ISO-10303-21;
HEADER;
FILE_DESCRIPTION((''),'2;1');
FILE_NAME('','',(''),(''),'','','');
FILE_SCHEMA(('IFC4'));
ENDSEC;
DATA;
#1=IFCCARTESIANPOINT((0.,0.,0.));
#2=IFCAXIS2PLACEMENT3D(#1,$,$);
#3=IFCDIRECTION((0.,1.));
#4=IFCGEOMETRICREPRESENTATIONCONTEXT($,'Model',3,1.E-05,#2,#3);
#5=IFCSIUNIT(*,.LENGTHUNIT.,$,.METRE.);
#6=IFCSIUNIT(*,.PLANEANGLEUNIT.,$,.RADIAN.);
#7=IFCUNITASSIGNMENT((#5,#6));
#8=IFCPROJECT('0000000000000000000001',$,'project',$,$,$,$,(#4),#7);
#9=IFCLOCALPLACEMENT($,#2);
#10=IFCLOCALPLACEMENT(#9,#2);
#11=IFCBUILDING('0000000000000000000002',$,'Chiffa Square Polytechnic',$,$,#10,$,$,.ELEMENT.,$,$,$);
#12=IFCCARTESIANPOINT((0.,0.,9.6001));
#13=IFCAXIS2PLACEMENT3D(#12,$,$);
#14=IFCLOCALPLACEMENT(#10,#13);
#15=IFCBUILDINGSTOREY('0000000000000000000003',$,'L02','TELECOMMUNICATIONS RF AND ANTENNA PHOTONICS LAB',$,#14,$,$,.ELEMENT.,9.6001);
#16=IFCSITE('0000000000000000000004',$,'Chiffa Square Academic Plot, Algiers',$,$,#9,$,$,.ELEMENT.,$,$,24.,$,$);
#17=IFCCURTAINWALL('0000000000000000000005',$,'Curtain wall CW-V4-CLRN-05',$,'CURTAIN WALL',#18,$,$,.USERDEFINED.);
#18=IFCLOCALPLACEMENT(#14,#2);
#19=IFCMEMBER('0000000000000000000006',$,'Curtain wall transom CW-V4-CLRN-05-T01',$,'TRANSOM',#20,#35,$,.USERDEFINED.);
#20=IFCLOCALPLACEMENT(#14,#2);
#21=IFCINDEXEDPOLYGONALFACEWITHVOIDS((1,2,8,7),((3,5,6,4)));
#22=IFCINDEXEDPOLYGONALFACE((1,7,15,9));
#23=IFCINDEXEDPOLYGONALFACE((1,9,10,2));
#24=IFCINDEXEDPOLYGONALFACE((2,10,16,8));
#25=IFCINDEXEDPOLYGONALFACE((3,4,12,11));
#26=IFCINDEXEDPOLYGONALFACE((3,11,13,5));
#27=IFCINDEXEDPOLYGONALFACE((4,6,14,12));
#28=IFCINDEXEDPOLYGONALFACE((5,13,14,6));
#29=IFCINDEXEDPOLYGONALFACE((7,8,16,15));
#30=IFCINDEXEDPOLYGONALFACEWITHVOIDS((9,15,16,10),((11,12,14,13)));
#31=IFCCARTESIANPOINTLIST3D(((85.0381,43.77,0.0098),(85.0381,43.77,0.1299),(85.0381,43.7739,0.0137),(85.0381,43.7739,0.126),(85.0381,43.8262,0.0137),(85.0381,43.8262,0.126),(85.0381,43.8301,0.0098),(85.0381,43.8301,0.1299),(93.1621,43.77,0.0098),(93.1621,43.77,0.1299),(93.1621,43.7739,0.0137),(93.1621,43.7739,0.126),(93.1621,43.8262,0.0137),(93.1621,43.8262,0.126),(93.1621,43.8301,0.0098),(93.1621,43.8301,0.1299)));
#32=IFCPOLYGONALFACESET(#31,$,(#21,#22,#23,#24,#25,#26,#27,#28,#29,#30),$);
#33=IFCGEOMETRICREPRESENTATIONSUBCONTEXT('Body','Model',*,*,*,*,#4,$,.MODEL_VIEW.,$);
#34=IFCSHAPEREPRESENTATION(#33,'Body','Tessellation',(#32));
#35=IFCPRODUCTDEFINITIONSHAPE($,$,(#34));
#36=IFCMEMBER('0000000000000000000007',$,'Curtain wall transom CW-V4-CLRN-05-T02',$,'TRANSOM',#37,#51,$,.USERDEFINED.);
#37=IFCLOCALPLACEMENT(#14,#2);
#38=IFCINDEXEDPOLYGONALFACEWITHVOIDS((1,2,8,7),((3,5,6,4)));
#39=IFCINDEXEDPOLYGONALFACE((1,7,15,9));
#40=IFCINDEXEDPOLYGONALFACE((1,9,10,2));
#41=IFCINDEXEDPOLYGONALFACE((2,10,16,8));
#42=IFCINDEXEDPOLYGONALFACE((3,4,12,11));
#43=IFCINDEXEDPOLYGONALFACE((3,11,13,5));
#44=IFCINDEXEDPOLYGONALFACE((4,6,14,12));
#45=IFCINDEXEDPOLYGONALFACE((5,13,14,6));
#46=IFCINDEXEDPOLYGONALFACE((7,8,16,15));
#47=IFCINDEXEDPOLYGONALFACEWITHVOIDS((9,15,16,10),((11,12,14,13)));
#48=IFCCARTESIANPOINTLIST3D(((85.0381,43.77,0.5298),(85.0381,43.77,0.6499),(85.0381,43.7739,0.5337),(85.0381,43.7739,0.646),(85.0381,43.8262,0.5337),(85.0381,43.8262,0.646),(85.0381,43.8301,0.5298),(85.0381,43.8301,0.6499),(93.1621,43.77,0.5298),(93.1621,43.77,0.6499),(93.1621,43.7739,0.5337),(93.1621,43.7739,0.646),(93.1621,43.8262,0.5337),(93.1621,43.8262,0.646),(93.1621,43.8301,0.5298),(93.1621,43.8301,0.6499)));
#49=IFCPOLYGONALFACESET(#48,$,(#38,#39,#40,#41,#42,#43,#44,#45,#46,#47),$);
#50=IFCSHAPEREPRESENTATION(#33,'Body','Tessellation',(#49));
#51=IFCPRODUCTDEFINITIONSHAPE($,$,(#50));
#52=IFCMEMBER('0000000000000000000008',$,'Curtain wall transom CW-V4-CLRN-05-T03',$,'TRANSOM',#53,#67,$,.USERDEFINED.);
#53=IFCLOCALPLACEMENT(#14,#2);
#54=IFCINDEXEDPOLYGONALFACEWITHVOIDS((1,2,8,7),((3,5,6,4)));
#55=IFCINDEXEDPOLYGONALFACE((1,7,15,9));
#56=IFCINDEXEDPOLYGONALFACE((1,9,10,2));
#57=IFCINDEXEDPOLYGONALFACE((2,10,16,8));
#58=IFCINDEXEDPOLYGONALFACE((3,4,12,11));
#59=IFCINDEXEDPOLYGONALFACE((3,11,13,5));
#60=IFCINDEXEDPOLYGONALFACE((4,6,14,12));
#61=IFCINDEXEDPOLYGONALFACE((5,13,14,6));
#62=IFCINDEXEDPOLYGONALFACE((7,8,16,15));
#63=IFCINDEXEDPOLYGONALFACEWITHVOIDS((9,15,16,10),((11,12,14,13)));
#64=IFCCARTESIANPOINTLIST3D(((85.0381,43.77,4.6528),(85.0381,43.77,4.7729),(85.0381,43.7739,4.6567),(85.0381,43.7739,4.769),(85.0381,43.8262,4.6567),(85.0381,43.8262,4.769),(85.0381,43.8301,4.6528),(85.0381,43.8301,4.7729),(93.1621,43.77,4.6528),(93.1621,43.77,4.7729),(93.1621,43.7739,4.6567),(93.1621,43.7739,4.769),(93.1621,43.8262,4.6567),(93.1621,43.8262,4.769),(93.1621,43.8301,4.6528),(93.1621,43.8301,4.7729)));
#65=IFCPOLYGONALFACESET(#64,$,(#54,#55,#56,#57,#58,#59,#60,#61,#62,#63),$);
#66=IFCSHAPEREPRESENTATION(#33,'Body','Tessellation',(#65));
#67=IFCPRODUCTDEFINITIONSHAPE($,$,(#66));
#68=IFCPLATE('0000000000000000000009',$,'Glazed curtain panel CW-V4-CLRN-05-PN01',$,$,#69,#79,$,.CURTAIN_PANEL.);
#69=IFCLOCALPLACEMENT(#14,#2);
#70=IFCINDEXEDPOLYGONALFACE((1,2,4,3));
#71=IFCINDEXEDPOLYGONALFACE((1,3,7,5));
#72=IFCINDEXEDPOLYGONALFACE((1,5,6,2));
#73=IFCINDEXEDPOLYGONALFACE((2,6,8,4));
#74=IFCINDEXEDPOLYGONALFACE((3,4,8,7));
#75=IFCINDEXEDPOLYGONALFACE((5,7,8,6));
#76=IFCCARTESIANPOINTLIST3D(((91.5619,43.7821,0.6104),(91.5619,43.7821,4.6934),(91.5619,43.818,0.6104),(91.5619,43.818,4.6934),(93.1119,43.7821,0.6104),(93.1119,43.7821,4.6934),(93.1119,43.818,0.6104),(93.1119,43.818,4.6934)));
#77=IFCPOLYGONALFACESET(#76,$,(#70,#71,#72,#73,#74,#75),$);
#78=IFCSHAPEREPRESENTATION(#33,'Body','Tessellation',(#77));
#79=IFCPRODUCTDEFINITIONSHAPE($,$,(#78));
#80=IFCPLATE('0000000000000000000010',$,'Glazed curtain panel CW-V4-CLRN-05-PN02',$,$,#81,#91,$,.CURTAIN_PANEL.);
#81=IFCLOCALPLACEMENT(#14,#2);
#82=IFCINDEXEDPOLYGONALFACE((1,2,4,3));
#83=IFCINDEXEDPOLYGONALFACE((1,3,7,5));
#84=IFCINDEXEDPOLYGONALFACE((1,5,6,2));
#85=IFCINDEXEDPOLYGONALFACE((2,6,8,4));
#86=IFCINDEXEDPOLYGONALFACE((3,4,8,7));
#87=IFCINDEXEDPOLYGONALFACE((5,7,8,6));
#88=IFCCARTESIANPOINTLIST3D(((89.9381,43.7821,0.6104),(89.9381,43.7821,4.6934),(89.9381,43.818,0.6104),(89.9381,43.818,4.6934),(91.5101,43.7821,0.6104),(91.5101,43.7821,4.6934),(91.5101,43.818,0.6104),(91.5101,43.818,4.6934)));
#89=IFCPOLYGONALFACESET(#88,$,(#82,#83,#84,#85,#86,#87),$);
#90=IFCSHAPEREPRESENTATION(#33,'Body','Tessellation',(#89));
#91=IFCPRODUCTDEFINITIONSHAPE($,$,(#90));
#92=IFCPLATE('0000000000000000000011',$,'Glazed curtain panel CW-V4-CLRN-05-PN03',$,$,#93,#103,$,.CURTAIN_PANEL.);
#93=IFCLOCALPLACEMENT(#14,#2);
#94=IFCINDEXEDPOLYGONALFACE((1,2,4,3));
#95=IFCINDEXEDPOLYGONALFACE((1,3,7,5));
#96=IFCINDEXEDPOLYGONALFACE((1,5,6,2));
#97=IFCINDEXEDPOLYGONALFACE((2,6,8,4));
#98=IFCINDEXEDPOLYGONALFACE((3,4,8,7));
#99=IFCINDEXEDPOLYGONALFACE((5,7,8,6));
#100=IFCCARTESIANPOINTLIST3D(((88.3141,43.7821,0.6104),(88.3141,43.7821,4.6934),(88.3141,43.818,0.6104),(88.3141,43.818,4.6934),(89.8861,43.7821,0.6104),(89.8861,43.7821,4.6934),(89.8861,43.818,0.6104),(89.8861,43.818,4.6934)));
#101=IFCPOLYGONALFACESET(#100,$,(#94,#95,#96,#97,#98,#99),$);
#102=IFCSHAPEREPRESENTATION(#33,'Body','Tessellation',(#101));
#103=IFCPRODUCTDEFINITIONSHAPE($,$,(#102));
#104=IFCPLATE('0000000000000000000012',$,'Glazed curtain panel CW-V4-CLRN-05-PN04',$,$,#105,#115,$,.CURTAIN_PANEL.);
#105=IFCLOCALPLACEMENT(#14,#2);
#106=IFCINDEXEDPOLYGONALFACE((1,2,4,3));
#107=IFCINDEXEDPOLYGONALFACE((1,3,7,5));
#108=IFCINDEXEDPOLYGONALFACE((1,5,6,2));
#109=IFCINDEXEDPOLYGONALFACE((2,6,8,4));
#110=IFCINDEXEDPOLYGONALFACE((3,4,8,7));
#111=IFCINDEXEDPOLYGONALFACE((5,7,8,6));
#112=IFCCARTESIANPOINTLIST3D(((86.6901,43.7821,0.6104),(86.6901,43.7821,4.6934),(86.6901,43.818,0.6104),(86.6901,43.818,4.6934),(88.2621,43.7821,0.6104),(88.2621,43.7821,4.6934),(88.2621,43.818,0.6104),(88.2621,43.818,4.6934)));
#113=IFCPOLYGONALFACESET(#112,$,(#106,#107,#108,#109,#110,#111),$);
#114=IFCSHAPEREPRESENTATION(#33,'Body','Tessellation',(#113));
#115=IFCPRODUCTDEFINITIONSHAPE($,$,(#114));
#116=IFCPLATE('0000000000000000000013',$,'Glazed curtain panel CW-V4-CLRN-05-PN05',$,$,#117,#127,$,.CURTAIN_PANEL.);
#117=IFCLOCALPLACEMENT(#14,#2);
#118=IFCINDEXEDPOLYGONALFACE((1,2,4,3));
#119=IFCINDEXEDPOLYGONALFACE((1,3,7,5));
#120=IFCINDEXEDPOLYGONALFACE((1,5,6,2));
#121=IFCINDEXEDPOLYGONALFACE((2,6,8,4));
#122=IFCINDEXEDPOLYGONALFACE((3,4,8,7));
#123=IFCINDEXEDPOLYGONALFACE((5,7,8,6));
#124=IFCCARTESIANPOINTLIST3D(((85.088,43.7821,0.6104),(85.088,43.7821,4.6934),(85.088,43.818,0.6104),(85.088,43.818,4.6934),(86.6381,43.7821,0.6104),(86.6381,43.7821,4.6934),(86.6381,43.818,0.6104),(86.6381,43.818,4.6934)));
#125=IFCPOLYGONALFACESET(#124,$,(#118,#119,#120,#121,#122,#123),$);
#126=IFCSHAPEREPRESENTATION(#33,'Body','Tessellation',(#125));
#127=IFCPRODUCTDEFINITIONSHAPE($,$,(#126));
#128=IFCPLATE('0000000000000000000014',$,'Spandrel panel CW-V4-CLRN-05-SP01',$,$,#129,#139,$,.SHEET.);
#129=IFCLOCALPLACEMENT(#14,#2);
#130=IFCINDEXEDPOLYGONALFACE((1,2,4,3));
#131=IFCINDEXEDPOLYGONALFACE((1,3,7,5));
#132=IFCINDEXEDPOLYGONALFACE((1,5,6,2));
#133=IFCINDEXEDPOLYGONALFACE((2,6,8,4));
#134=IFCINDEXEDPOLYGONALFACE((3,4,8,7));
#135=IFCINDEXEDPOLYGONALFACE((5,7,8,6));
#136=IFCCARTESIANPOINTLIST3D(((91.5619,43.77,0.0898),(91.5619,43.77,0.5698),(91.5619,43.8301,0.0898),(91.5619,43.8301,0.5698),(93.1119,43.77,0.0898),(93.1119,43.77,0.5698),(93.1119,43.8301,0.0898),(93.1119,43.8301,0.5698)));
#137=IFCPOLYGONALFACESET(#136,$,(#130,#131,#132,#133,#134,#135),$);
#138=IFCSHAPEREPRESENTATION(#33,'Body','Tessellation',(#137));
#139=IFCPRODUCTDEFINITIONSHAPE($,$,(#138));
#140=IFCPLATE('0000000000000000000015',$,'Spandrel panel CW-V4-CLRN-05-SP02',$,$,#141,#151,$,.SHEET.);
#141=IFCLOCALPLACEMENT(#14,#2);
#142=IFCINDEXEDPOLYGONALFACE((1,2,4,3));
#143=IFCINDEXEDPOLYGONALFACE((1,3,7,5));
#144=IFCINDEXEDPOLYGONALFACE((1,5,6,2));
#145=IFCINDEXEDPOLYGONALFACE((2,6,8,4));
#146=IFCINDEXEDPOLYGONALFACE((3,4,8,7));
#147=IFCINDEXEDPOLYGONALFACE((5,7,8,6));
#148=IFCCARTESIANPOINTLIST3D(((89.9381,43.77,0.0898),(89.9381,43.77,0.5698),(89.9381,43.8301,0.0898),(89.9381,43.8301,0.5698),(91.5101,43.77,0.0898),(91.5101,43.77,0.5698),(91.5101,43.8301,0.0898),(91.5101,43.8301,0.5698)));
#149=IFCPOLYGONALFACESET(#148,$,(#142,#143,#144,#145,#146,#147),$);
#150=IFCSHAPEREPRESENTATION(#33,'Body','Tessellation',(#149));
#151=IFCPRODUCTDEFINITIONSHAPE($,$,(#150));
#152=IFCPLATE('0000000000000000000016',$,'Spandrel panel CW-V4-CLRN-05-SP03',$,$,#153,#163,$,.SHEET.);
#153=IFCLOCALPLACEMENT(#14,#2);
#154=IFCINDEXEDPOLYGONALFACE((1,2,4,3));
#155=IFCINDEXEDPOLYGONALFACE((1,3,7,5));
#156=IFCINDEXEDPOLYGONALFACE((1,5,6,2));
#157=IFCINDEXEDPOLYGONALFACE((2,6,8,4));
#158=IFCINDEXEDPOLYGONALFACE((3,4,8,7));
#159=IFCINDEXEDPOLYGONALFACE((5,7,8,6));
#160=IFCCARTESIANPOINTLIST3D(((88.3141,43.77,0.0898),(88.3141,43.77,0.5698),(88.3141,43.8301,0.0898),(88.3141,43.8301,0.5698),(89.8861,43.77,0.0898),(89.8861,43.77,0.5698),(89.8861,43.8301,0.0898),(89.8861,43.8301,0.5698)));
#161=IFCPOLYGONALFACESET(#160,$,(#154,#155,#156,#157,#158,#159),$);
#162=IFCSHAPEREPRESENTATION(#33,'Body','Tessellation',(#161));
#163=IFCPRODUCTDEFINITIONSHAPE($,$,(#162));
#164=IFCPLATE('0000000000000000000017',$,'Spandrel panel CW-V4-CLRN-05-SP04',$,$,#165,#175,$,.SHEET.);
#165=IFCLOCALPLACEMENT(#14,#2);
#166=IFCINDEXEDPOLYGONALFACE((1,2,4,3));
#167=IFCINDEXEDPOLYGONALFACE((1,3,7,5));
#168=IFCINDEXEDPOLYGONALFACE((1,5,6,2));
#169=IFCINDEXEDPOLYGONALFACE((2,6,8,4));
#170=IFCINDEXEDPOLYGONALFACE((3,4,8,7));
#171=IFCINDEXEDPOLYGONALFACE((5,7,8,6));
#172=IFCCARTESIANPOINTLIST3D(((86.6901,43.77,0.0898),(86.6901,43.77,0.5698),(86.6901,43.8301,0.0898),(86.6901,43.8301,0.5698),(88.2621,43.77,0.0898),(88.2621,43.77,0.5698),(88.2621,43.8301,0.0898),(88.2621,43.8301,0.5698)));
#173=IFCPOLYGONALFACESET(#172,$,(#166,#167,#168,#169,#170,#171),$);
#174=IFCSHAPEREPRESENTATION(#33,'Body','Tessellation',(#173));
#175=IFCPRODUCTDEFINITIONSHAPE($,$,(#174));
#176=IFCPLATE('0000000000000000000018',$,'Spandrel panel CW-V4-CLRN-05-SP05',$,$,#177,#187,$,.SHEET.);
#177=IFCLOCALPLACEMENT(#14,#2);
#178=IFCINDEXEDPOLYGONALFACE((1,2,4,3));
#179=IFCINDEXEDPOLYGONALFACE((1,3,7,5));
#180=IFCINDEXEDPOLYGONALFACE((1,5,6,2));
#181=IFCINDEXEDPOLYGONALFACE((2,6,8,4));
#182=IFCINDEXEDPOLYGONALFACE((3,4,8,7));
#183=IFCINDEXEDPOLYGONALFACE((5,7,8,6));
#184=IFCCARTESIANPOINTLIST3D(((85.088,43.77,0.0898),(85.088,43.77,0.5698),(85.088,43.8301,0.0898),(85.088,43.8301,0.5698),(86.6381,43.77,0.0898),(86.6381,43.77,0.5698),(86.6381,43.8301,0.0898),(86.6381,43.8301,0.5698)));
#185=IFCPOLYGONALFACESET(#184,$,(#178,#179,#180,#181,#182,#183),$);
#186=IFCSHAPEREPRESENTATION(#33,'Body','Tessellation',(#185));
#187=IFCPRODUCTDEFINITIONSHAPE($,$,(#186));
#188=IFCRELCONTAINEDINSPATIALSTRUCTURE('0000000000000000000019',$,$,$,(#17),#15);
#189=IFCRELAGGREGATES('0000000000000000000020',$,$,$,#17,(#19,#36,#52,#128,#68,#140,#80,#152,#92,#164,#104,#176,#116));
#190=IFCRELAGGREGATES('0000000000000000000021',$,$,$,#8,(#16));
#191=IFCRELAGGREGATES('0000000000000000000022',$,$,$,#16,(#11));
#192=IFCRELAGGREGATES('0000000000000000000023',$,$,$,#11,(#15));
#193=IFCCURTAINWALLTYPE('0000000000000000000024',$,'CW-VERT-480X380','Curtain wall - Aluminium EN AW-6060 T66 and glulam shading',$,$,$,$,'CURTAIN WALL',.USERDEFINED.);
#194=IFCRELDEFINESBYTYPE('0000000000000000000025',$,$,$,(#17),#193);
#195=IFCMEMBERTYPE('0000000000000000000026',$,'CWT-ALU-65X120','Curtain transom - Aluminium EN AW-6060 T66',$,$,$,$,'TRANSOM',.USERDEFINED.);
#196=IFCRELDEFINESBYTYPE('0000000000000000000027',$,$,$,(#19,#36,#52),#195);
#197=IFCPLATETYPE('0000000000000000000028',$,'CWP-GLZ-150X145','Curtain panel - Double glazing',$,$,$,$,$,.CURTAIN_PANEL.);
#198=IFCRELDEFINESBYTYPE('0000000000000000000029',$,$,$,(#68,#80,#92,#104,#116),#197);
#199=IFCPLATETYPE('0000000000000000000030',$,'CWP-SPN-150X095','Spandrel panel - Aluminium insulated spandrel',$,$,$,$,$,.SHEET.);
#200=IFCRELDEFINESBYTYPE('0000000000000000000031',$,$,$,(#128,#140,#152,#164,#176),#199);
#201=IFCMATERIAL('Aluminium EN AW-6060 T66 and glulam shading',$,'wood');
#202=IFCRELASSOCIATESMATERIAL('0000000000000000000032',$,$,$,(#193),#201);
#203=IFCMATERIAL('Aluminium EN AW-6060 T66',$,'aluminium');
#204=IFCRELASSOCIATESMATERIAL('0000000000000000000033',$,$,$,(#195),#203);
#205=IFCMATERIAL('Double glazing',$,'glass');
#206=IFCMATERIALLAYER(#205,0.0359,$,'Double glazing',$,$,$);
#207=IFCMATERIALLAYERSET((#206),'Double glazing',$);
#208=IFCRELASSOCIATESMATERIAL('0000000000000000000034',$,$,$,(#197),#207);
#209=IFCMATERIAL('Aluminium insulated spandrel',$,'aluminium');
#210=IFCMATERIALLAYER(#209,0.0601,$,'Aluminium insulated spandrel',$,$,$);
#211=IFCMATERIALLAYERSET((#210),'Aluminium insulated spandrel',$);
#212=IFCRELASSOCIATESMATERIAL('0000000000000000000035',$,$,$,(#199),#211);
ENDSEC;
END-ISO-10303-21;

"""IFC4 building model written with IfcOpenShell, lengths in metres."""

from ifc_helpers import new_model, si_unit, direction, frame, origin, origin_2d, place, context, subcontext, project, spatial, rectangle, hollow_rectangle, extrude, material, layer, layer_set, material_profile, profile_set, type_object, element, aggregate, save


model = new_model("IFC4")

# Units and contexts
model_context = context("Model", 3, precision=1e-05, world=origin(), true_north=direction((0.0, 1.0)))
body_context = subcontext(model_context, "Body", "Model", "MODEL_VIEW")
ifc_project = project(units=[si_unit("LENGTHUNIT", "METRE"), si_unit("PLANEANGLEUNIT", "RADIAN")], contexts=[model_context])

# Site, building, storey
site_placement = place(None, origin())
site = spatial("IfcSite", under=ifc_project, at=site_placement, Name="Chiffa Square Academic Plot, Algiers", CompositionType="ELEMENT", RefElevation=24.0)
building_placement = place(site_placement, origin())
building = spatial("IfcBuilding", under=site, at=building_placement, Name="Chiffa Square Polytechnic", CompositionType="ELEMENT")
storey_placement = place(building_placement, frame((0.0, 0.0, 9.6001)))
storey = spatial("IfcBuildingStorey", under=building, at=storey_placement, Name="L02", Description="TELECOMMUNICATIONS RF AND ANTENNA PHOTONICS LAB", CompositionType="ELEMENT", Elevation=9.6001)

# Curtain wall, members, plates
ifc_material_1 = material(Name="Aluminium EN AW-6060 T66 and glulam shading", Category="wood")
curtain_wall_type = type_object("IfcCurtainWallType", Name="CW-VERT-480X380", Description="Curtain wall - Aluminium EN AW-6060 T66 and glulam shading", ElementType="CURTAIN WALL", PredefinedType="USERDEFINED", material=ifc_material_1)
curtain_wall_placement = place(storey_placement, origin())
curtain_wall = element("IfcCurtainWall", 1, at=curtain_wall_placement, inside=storey, type_object=curtain_wall_type, Name="Curtain wall CW-V4-CLRN-05", ObjectType="CURTAIN WALL", PredefinedType="USERDEFINED")
ifc_material_2 = material(Name="Aluminium EN AW-6060 T66", Category="aluminium")
ifc_material_profile_1 = material_profile(ifc_material_2, hollow_rectangle(XDim=0.0601, YDim=0.1201, WallThickness=0.0039, at=origin_2d()), Name="ALU 60x120x4")
ifc_profile_set_1 = profile_set([ifc_material_profile_1], Name="Aluminium EN AW-6060 T66")
member_type_1 = type_object("IfcMemberType", Name="CWT-ALU-65X120", Description="Curtain transom - Aluminium EN AW-6060 T66", ElementType="TRANSOM", PredefinedType="USERDEFINED", material=ifc_profile_set_1)
member_1_placement = place(storey_placement, frame((93.1621, 43.8, 0.0698), z_axis=(-1.0, 0.0, 0.0), x_axis=(0.0, -1.0, 0.0)))
member_1 = element("IfcMember", 2, at=member_1_placement, type_object=member_type_1, Name="Curtain wall transom CW-V4-CLRN-05-T01", ObjectType="TRANSOM", PredefinedType="USERDEFINED", context=body_context, shape_type="SweptSolid", body=[
    extrude(hollow_rectangle(XDim=0.0601, YDim=0.1201, WallThickness=0.0039, at=origin_2d()), origin(), (0.0, 0.0, 1.0), 8.124),
])
member_2_placement = place(storey_placement, frame((93.1621, 43.8, 0.5898), z_axis=(-1.0, 0.0, 0.0), x_axis=(0.0, -1.0, 0.0)))
member_2 = element("IfcMember", 3, at=member_2_placement, type_object=member_type_1, Name="Curtain wall transom CW-V4-CLRN-05-T02", ObjectType="TRANSOM", PredefinedType="USERDEFINED", context=body_context, shape_type="SweptSolid", body=[
    extrude(hollow_rectangle(XDim=0.0601, YDim=0.1201, WallThickness=0.0039, at=origin_2d()), origin(), (0.0, 0.0, 1.0), 8.124),
])
member_3_placement = place(storey_placement, frame((93.1621, 43.8, 4.7129), z_axis=(-1.0, 0.0, 0.0), x_axis=(0.0, -1.0, 0.0)))
member_3 = element("IfcMember", 4, at=member_3_placement, type_object=member_type_1, Name="Curtain wall transom CW-V4-CLRN-05-T03", ObjectType="TRANSOM", PredefinedType="USERDEFINED", context=body_context, shape_type="SweptSolid", body=[
    extrude(hollow_rectangle(XDim=0.0601, YDim=0.1201, WallThickness=0.0039, at=origin_2d()), origin(), (0.0, 0.0, 1.0), 8.124),
])
ifc_material_3 = material(Name="Double glazing", Category="glass")
ifc_layer_1 = layer(ifc_material_3, 0.0359, Name="Double glazing")
ifc_layer_set_1 = layer_set([ifc_layer_1], Name="Double glazing")
plate_type_1 = type_object("IfcPlateType", Name="CWP-GLZ-150X145", Description="Curtain panel - Double glazing", PredefinedType="CURTAIN_PANEL", material=ifc_layer_set_1)
plate_1_placement = place(storey_placement, frame((92.3369, 43.8, 0.6104), z_axis=(0.0, 0.0, 1.0), x_axis=(-1.0, 0.0, 0.0)))
plate_1 = element("IfcPlate", 5, at=plate_1_placement, type_object=plate_type_1, Name="Glazed curtain panel CW-V4-CLRN-05-PN01", PredefinedType="CURTAIN_PANEL", context=body_context, shape_type="SweptSolid", body=[
    extrude(rectangle(XDim=1.55, YDim=0.0359, at=origin_2d()), origin(), (0.0, 0.0, 1.0), 4.083),
])
plate_2_placement = place(storey_placement, frame((90.7241, 43.8, 0.6104), z_axis=(0.0, 0.0, 1.0), x_axis=(-1.0, 0.0, 0.0)))
plate_2 = element("IfcPlate", 6, at=plate_2_placement, type_object=plate_type_1, Name="Glazed curtain panel CW-V4-CLRN-05-PN02", PredefinedType="CURTAIN_PANEL", context=body_context, shape_type="SweptSolid", body=[
    extrude(rectangle(XDim=1.572, YDim=0.0359, at=origin_2d()), origin(), (0.0, 0.0, 1.0), 4.083),
])
plate_3_placement = place(storey_placement, frame((89.1001, 43.8, 0.6104), z_axis=(0.0, 0.0, 1.0), x_axis=(-1.0, 0.0, 0.0)))
plate_3 = element("IfcPlate", 7, at=plate_3_placement, type_object=plate_type_1, Name="Glazed curtain panel CW-V4-CLRN-05-PN03", PredefinedType="CURTAIN_PANEL", context=body_context, shape_type="SweptSolid", body=[
    extrude(rectangle(XDim=1.572, YDim=0.0359, at=origin_2d()), origin(), (0.0, 0.0, 1.0), 4.083),
])
plate_4_placement = place(storey_placement, frame((87.4761, 43.8, 0.6104), z_axis=(0.0, 0.0, 1.0), x_axis=(-1.0, 0.0, 0.0)))
plate_4 = element("IfcPlate", 8, at=plate_4_placement, type_object=plate_type_1, Name="Glazed curtain panel CW-V4-CLRN-05-PN04", PredefinedType="CURTAIN_PANEL", context=body_context, shape_type="SweptSolid", body=[
    extrude(rectangle(XDim=1.572, YDim=0.0359, at=origin_2d()), origin(), (0.0, 0.0, 1.0), 4.083),
])
plate_5_placement = place(storey_placement, frame((85.863, 43.8, 0.6104), z_axis=(0.0, 0.0, 1.0), x_axis=(-1.0, 0.0, 0.0)))
plate_5 = element("IfcPlate", 9, at=plate_5_placement, type_object=plate_type_1, Name="Glazed curtain panel CW-V4-CLRN-05-PN05", PredefinedType="CURTAIN_PANEL", context=body_context, shape_type="SweptSolid", body=[
    extrude(rectangle(XDim=1.55, YDim=0.0359, at=origin_2d()), origin(), (0.0, 0.0, 1.0), 4.083),
])
ifc_material_4 = material(Name="Aluminium insulated spandrel", Category="aluminium")
ifc_layer_2 = layer(ifc_material_4, 0.0601, Name="Aluminium insulated spandrel")
ifc_layer_set_2 = layer_set([ifc_layer_2], Name="Aluminium insulated spandrel")
plate_type_2 = type_object("IfcPlateType", Name="CWP-SPN-150X095", Description="Spandrel panel - Aluminium insulated spandrel", PredefinedType="SHEET", material=ifc_layer_set_2)
plate_6_placement = place(storey_placement, frame((92.3369, 43.8, 0.0898), z_axis=(0.0, 0.0, 1.0), x_axis=(-1.0, 0.0, 0.0)))
plate_6 = element("IfcPlate", 10, at=plate_6_placement, type_object=plate_type_2, Name="Spandrel panel CW-V4-CLRN-05-SP01", PredefinedType="SHEET", context=body_context, shape_type="SweptSolid", body=[
    extrude(rectangle(XDim=1.55, YDim=0.0601, at=origin_2d()), origin(), (0.0, 0.0, 1.0), 0.48),
])
plate_7_placement = place(storey_placement, frame((90.7241, 43.8, 0.0898), z_axis=(0.0, 0.0, 1.0), x_axis=(-1.0, 0.0, 0.0)))
plate_7 = element("IfcPlate", 11, at=plate_7_placement, type_object=plate_type_2, Name="Spandrel panel CW-V4-CLRN-05-SP02", PredefinedType="SHEET", context=body_context, shape_type="SweptSolid", body=[
    extrude(rectangle(XDim=1.572, YDim=0.0601, at=origin_2d()), origin(), (0.0, 0.0, 1.0), 0.48),
])
plate_8_placement = place(storey_placement, frame((89.1001, 43.8, 0.0898), z_axis=(0.0, 0.0, 1.0), x_axis=(-1.0, 0.0, 0.0)))
plate_8 = element("IfcPlate", 12, at=plate_8_placement, type_object=plate_type_2, Name="Spandrel panel CW-V4-CLRN-05-SP03", PredefinedType="SHEET", context=body_context, shape_type="SweptSolid", body=[
    extrude(rectangle(XDim=1.572, YDim=0.0601, at=origin_2d()), origin(), (0.0, 0.0, 1.0), 0.48),
])
plate_9_placement = place(storey_placement, frame((87.4761, 43.8, 0.0898), z_axis=(0.0, 0.0, 1.0), x_axis=(-1.0, 0.0, 0.0)))
plate_9 = element("IfcPlate", 13, at=plate_9_placement, type_object=plate_type_2, Name="Spandrel panel CW-V4-CLRN-05-SP04", PredefinedType="SHEET", context=body_context, shape_type="SweptSolid", body=[
    extrude(rectangle(XDim=1.572, YDim=0.0601, at=origin_2d()), origin(), (0.0, 0.0, 1.0), 0.48),
])
plate_10_placement = place(storey_placement, frame((85.863, 43.8, 0.0898), z_axis=(0.0, 0.0, 1.0), x_axis=(-1.0, 0.0, 0.0)))
plate_10 = element("IfcPlate", 14, at=plate_10_placement, type_object=plate_type_2, Name="Spandrel panel CW-V4-CLRN-05-SP05", PredefinedType="SHEET", context=body_context, shape_type="SweptSolid", body=[
    extrude(rectangle(XDim=1.55, YDim=0.0601, at=origin_2d()), origin(), (0.0, 0.0, 1.0), 0.48),
])
aggregate(curtain_wall, [member_1, member_2, member_3, plate_6, plate_1, plate_7, plate_2, plate_8, plate_3, plate_9, plate_4, plate_10, plate_5])

save(model, "model.ifc")
